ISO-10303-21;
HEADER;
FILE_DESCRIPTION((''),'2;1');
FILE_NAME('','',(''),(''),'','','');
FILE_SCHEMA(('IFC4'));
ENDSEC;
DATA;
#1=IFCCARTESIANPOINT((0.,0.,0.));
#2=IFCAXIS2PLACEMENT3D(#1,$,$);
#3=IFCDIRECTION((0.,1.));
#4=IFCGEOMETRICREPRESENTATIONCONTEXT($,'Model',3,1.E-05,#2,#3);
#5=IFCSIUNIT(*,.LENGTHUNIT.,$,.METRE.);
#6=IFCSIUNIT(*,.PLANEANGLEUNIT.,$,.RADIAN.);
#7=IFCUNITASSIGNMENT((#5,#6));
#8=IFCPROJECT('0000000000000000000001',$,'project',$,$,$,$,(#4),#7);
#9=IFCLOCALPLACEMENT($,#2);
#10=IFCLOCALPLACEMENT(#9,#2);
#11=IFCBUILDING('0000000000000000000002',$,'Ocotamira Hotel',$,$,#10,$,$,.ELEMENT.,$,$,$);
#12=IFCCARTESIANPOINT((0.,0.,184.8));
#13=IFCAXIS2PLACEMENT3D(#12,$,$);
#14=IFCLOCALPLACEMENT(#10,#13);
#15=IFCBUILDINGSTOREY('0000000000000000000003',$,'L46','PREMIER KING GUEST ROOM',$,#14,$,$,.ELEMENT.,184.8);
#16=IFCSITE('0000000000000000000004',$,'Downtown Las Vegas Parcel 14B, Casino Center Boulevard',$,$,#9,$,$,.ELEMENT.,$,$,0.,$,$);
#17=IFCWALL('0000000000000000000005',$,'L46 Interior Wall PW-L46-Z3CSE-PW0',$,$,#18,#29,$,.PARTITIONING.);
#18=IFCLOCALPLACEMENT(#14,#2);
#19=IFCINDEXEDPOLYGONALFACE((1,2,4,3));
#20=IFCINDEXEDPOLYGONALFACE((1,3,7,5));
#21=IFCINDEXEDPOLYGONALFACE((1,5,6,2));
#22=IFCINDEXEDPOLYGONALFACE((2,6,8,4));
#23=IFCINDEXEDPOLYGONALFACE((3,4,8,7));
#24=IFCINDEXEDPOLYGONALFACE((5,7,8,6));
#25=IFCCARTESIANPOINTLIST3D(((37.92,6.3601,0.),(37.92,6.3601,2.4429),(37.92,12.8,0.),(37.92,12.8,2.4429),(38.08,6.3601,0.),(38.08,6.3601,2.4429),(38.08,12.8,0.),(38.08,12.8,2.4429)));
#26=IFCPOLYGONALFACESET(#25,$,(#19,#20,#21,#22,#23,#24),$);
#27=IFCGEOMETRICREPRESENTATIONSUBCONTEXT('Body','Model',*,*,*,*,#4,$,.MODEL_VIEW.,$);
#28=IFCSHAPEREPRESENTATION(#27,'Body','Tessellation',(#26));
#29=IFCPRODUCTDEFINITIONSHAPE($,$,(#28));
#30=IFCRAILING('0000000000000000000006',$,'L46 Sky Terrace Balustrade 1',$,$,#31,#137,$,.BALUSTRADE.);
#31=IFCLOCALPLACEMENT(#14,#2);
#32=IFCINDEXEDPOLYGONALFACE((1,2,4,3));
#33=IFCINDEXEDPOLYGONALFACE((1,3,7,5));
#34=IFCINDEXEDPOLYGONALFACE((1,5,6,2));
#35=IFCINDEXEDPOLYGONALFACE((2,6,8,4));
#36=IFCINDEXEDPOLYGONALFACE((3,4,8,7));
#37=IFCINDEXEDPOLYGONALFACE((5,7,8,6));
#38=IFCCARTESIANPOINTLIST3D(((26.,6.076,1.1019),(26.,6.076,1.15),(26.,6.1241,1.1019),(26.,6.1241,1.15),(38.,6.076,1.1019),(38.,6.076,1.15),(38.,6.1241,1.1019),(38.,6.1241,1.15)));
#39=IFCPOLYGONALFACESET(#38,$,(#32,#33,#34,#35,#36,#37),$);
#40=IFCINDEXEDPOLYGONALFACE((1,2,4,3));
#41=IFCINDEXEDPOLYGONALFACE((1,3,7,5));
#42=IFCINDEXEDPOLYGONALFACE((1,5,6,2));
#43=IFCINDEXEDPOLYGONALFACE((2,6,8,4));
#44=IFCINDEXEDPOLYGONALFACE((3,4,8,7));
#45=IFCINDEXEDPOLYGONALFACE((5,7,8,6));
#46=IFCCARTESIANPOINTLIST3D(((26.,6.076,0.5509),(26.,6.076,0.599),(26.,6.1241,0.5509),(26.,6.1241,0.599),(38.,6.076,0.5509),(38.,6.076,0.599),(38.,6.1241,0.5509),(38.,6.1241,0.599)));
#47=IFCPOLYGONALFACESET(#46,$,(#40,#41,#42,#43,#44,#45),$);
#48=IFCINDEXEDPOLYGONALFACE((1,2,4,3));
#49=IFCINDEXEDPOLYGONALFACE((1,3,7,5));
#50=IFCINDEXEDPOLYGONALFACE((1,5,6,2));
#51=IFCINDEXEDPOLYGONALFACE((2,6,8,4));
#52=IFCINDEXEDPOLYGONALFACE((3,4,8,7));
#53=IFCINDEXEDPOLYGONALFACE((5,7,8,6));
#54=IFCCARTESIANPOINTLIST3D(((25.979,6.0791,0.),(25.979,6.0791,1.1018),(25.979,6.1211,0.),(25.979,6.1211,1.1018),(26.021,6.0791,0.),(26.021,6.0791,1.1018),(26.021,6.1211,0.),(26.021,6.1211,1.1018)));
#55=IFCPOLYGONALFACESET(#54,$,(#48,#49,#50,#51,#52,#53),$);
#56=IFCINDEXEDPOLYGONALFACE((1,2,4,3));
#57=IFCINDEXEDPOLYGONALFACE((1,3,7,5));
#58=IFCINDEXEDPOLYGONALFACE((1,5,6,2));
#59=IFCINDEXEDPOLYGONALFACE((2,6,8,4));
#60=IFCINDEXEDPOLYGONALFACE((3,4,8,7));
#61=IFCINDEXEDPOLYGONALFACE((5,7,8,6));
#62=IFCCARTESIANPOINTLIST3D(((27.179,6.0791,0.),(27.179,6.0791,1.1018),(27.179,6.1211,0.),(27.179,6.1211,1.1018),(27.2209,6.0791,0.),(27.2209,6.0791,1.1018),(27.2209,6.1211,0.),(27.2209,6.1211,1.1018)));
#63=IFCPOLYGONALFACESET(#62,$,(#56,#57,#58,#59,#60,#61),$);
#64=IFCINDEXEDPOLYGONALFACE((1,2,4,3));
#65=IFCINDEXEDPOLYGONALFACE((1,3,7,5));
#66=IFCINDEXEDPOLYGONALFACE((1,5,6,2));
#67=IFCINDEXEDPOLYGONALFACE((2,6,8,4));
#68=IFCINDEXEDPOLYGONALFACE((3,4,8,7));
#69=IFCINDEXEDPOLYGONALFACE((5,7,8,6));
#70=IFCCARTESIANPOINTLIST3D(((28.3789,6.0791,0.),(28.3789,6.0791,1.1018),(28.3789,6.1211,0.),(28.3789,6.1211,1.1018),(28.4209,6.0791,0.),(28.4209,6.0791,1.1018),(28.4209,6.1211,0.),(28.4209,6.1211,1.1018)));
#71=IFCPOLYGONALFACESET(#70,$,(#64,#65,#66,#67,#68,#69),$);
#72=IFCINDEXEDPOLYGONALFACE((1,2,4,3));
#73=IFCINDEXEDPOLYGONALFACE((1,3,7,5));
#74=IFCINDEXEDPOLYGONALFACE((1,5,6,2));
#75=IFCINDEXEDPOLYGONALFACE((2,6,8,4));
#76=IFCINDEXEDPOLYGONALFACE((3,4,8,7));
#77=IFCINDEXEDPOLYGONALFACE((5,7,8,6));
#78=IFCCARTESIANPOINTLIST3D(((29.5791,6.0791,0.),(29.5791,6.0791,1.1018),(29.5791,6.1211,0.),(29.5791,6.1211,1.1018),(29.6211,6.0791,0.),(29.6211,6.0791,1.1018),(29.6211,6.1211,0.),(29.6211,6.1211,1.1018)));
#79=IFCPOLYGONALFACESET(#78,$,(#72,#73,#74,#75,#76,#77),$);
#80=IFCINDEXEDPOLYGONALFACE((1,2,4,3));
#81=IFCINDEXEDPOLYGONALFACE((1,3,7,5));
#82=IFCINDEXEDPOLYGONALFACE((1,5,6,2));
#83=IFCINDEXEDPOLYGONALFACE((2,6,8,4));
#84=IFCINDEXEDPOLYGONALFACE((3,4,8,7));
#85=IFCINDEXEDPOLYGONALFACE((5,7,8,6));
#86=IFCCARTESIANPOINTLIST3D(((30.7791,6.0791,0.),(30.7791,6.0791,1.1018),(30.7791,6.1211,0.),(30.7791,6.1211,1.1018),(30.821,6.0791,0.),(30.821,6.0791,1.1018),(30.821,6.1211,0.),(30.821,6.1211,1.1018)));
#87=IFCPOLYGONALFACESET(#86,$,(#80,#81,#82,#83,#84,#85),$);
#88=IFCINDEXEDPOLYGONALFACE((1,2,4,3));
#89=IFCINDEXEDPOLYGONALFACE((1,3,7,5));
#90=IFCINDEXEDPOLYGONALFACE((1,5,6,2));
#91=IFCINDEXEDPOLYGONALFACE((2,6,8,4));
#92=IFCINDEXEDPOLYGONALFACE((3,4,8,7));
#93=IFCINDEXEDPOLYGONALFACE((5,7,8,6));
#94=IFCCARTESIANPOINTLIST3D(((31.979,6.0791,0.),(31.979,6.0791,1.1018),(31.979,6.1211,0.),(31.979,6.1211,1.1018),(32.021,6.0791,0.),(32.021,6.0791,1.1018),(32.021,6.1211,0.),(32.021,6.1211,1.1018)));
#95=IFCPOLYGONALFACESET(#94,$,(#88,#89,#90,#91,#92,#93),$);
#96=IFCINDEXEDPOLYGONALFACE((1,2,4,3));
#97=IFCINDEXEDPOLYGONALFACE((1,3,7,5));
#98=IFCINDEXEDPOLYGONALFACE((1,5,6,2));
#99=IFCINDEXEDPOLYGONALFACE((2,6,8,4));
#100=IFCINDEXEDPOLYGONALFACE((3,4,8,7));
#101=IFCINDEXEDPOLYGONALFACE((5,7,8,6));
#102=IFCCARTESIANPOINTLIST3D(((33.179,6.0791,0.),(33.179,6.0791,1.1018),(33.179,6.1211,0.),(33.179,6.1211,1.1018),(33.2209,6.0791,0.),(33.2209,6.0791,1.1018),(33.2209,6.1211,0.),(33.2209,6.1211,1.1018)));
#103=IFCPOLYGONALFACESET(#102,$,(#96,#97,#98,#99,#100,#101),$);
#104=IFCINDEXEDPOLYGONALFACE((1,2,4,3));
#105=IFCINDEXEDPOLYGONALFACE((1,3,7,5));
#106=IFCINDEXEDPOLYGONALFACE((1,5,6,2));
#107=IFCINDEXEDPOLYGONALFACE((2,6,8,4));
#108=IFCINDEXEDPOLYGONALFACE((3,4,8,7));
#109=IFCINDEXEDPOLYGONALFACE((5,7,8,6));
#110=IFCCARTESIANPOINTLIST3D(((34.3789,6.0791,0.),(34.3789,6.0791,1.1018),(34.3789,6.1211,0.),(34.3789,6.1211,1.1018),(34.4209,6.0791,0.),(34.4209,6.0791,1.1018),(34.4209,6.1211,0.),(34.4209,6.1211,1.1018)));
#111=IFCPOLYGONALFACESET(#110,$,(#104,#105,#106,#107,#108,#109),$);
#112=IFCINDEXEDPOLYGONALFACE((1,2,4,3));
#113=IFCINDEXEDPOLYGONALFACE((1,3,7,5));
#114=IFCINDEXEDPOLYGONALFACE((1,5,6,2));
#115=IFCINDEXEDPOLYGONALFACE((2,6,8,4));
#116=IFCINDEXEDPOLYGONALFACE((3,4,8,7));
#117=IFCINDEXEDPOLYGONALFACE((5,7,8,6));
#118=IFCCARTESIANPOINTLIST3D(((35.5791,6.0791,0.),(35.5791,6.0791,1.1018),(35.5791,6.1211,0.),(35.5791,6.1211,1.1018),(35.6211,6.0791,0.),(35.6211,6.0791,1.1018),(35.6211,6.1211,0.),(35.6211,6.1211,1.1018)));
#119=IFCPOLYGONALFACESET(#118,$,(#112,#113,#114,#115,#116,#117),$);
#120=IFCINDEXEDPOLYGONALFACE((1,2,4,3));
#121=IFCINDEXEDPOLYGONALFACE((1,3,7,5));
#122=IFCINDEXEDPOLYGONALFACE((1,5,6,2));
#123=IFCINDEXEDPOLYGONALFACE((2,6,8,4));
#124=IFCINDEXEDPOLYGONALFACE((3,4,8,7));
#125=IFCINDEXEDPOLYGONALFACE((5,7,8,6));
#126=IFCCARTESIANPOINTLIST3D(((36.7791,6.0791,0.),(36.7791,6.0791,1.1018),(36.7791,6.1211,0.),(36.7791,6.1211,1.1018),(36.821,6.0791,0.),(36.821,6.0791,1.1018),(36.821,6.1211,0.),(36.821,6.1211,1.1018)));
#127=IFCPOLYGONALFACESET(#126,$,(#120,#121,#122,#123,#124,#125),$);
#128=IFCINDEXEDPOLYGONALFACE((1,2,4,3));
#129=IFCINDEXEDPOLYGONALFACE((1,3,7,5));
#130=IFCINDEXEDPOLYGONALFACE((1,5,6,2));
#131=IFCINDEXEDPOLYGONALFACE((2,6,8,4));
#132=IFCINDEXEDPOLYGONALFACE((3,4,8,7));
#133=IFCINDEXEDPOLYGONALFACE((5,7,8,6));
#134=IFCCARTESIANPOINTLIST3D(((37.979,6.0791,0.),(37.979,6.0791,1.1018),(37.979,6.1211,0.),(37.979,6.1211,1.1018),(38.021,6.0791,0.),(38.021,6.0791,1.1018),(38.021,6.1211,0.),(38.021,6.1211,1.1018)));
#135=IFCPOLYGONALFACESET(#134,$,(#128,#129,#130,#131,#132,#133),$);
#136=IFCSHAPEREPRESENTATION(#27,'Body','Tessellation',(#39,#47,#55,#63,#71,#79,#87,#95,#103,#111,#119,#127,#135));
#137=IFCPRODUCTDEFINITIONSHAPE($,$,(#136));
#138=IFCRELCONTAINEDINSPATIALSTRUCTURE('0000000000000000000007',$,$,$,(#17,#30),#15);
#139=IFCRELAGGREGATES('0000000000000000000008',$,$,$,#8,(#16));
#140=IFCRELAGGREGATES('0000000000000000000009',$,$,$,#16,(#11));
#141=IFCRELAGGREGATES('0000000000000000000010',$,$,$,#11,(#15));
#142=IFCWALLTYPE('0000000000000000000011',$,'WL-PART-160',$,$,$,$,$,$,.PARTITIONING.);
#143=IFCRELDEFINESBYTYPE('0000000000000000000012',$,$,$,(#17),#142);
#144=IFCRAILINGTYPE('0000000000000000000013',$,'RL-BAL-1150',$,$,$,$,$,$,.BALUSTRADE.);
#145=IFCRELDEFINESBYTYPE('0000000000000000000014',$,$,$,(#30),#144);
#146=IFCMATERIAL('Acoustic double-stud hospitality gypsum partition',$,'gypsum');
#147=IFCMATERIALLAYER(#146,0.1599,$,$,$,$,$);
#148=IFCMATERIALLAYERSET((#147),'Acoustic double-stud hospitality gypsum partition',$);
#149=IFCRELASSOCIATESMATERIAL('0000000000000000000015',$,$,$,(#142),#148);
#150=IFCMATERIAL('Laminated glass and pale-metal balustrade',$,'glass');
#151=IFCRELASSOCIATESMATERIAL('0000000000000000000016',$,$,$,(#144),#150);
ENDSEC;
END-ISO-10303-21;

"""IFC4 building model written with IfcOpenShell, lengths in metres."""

from ifc_helpers import new_model, si_unit, direction, frame, frame_2d, origin, origin_2d, place, context, subcontext, project, spatial, rectangle, extrude, material, layer, layer_set, type_object, element, save


model = new_model("IFC4")

# Units and contexts
model_context = context("Model", 3, precision=1e-05, world=origin(), true_north=direction((0.0, 1.0)))
body_context = subcontext(model_context, "Body", "Model", "MODEL_VIEW")
ifc_project = project(units=[si_unit("LENGTHUNIT", "METRE"), si_unit("PLANEANGLEUNIT", "RADIAN")], contexts=[model_context])

# Site, building, storey
site_placement = place(None, origin())
site = spatial("IfcSite", under=ifc_project, at=site_placement, Name="Downtown Las Vegas Parcel 14B, Casino Center Boulevard", CompositionType="ELEMENT", RefElevation=0.0)
building_placement = place(site_placement, origin())
building = spatial("IfcBuilding", under=site, at=building_placement, Name="Ocotamira Hotel", CompositionType="ELEMENT")
storey_placement = place(building_placement, frame((0.0, 0.0, 184.8)))
storey = spatial("IfcBuildingStorey", under=building, at=storey_placement, Name="L46", Description="PREMIER KING GUEST ROOM", CompositionType="ELEMENT", Elevation=184.8)

# Wall
ifc_material_1 = material(Name="Acoustic double-stud hospitality gypsum partition", Category="gypsum")
ifc_layer_1 = layer(ifc_material_1, 0.1599)
ifc_layer_set_1 = layer_set([ifc_layer_1], Name="Acoustic double-stud hospitality gypsum partition")
wall_type_1 = type_object("IfcWallType", Name="WL-PART-160", PredefinedType="PARTITIONING", material=ifc_layer_set_1)
for number, where, z_axis, x_axis, name in (
    (1, (38.0, 6.3601, 0.0), (0.0, 0.0, 1.0), (0.0, 1.0, 0.0), "L46 Interior Wall PW-L46-Z3CSE-PW0"),
):
    element("IfcWall", number, at=place(storey_placement, frame(where, z_axis=z_axis, x_axis=x_axis)), inside=storey, type_object=wall_type_1, Name=name, PredefinedType="PARTITIONING", context=body_context, shape_type="SweptSolid", body=[
        extrude(rectangle(XDim=6.4399, YDim=0.1599, at=frame_2d((3.22, 0.0))), origin(), (0.0, 0.0, 1.0), 2.4429),
    ])

# Railing
ifc_material_2 = material(Name="Laminated glass and pale-metal balustrade", Category="glass")
railing_type_1 = type_object("IfcRailingType", Name="RL-BAL-1150", PredefinedType="BALUSTRADE", material=ifc_material_2)
railing_1_placement = place(storey_placement, frame((26.0, 6.1001, 0.0)))
element("IfcRailing", 2, at=railing_1_placement, inside=storey, type_object=railing_type_1, Name="L46 Sky Terrace Balustrade 1", PredefinedType="BALUSTRADE", context=body_context, shape_type="SweptSolid", body=[
    extrude(rectangle(XDim=0.0481, YDim=0.0481, at=origin_2d()), frame((0.0, 0.0, 1.126), z_axis=(1.0, 0.0, 0.0), x_axis=(0.0, 1.0, 0.0)), (0.0, 0.0, 1.0), 12.0),
    extrude(rectangle(XDim=0.0481, YDim=0.0481, at=origin_2d()), frame((0.0, 0.0, 0.575), z_axis=(1.0, 0.0, 0.0), x_axis=(0.0, 1.0, 0.0)), (0.0, 0.0, 1.0), 12.0),
    extrude(rectangle(XDim=0.042, YDim=0.042, at=origin_2d()), origin(), (0.0, 0.0, 1.0), 1.1018),
    extrude(rectangle(XDim=0.042, YDim=0.042, at=origin_2d()), frame((1.2, 0.0, 0.0)), (0.0, 0.0, 1.0), 1.1018),
    extrude(rectangle(XDim=0.042, YDim=0.042, at=origin_2d()), frame((2.3999, 0.0, 0.0)), (0.0, 0.0, 1.0), 1.1018),
    extrude(rectangle(XDim=0.042, YDim=0.042, at=origin_2d()), frame((3.6001, 0.0, 0.0)), (0.0, 0.0, 1.0), 1.1018),
    extrude(rectangle(XDim=0.042, YDim=0.042, at=origin_2d()), frame((4.8, 0.0, 0.0)), (0.0, 0.0, 1.0), 1.1018),
    extrude(rectangle(XDim=0.042, YDim=0.042, at=origin_2d()), frame((6.0, 0.0, 0.0)), (0.0, 0.0, 1.0), 1.1018),
    extrude(rectangle(XDim=0.042, YDim=0.042, at=origin_2d()), frame((7.2, 0.0, 0.0)), (0.0, 0.0, 1.0), 1.1018),
    extrude(rectangle(XDim=0.042, YDim=0.042, at=origin_2d()), frame((8.3999, 0.0, 0.0)), (0.0, 0.0, 1.0), 1.1018),
    extrude(rectangle(XDim=0.042, YDim=0.042, at=origin_2d()), frame((9.6001, 0.0, 0.0)), (0.0, 0.0, 1.0), 1.1018),
    extrude(rectangle(XDim=0.042, YDim=0.042, at=origin_2d()), frame((10.8, 0.0, 0.0)), (0.0, 0.0, 1.0), 1.1018),
    extrude(rectangle(XDim=0.042, YDim=0.042, at=origin_2d()), frame((12.0, 0.0, 0.0)), (0.0, 0.0, 1.0), 1.1018),
])

save(model, "model.ifc")
